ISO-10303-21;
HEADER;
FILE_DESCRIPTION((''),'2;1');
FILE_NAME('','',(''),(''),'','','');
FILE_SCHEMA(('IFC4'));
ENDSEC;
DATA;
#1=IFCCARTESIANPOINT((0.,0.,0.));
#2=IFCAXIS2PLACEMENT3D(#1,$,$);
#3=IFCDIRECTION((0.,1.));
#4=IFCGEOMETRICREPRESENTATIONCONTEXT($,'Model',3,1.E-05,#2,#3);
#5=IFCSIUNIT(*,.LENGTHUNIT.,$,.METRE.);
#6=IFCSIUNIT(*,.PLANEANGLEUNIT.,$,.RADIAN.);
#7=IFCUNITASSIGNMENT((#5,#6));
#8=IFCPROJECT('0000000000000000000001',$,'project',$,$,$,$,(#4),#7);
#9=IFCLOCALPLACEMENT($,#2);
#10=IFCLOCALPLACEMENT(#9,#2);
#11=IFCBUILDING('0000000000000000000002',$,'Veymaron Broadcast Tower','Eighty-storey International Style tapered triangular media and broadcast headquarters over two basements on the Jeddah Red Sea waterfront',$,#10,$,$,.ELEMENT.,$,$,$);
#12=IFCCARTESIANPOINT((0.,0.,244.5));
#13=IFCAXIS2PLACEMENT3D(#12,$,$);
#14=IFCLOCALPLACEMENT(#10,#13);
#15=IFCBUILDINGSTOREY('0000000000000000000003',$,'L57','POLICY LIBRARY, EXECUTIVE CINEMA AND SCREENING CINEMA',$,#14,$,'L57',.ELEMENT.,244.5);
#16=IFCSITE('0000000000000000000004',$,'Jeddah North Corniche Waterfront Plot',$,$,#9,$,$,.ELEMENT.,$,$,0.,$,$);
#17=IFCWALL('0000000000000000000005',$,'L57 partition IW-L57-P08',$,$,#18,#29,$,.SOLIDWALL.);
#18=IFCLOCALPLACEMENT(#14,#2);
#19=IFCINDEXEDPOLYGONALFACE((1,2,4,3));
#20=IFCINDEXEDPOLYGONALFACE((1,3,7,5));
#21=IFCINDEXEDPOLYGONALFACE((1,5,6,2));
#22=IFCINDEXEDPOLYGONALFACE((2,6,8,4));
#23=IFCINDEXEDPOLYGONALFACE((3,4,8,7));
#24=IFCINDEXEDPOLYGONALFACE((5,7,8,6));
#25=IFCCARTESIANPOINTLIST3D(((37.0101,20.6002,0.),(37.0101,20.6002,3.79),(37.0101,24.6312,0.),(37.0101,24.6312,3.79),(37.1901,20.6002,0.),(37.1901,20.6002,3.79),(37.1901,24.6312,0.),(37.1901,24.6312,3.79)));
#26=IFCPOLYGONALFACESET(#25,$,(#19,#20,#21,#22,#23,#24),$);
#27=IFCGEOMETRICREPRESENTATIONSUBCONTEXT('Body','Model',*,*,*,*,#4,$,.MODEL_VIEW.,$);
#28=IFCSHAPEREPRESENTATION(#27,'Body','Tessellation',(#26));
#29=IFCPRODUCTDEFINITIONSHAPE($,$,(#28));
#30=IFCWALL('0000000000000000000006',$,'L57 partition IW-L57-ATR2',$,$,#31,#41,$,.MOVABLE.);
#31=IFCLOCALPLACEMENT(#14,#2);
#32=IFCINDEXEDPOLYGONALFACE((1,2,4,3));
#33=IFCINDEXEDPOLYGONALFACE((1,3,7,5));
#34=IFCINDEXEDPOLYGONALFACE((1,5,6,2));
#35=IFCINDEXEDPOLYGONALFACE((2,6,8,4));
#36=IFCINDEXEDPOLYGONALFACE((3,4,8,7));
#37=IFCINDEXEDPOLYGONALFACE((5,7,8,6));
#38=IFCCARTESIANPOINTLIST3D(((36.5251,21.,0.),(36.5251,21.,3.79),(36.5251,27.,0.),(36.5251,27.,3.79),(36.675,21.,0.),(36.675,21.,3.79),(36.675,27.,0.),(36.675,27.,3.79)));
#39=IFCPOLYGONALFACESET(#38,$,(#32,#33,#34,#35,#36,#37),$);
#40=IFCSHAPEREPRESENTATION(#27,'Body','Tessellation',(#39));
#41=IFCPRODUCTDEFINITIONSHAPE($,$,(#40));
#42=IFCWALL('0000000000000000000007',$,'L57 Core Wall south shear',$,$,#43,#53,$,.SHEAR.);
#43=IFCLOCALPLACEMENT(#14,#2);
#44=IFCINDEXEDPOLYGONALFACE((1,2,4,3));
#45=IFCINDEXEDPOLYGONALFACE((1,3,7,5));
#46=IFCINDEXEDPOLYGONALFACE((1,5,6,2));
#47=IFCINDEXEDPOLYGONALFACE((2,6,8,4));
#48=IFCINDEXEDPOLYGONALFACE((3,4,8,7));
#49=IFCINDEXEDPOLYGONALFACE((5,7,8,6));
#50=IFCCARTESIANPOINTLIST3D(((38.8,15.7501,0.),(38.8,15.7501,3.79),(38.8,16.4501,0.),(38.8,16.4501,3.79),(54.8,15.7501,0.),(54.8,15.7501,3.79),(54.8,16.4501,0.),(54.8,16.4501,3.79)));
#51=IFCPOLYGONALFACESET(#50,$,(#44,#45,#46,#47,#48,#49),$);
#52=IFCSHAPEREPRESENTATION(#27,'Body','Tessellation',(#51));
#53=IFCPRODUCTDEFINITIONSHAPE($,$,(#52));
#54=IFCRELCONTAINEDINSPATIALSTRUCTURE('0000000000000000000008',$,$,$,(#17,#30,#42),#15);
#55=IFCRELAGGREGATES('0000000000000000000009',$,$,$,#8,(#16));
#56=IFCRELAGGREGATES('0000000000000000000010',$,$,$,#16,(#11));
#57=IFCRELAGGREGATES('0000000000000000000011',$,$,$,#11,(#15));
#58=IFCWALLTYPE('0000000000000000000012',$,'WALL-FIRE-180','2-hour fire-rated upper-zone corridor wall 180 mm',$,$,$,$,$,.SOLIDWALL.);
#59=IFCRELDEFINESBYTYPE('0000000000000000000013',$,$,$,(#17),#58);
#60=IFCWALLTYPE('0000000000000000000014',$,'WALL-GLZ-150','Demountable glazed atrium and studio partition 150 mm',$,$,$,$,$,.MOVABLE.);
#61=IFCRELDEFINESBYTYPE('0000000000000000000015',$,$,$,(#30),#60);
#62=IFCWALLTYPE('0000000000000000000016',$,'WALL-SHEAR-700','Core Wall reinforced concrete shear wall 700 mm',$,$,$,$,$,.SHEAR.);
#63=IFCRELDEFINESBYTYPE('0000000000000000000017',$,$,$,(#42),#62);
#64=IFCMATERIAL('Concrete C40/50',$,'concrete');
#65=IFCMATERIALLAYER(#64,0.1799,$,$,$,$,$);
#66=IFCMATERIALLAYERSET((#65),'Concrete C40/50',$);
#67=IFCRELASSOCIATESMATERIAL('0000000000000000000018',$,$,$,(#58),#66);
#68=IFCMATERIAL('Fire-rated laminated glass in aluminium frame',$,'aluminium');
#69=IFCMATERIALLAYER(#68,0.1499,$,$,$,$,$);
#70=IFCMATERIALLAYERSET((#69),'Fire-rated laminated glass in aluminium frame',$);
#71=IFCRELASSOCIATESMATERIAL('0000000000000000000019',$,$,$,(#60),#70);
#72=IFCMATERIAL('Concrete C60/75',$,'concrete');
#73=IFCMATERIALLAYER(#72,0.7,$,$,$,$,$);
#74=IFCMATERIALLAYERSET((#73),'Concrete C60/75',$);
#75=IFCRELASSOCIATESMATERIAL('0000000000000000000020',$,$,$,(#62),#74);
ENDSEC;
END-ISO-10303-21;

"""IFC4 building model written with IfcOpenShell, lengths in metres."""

from ifc_helpers import new_model, si_unit, direction, frame, frame_2d, origin, place, context, subcontext, project, spatial, rectangle, extrude, material, layer, layer_set, type_object, element, save


model = new_model("IFC4")

# Units and contexts
model_context = context("Model", 3, precision=1e-05, world=origin(), true_north=direction((0.0, 1.0)))
body_context = subcontext(model_context, "Body", "Model", "MODEL_VIEW")
ifc_project = project(units=[si_unit("LENGTHUNIT", "METRE"), si_unit("PLANEANGLEUNIT", "RADIAN")], contexts=[model_context])

# Site, building, storey
site_placement = place(None, origin())
site = spatial("IfcSite", under=ifc_project, at=site_placement, Name="Jeddah North Corniche Waterfront Plot", CompositionType="ELEMENT", RefElevation=0.0)
building_placement = place(site_placement, origin())
building = spatial("IfcBuilding", under=site, at=building_placement, Name="Veymaron Broadcast Tower", Description="Eighty-storey International Style tapered triangular media and broadcast headquarters over two basements on the Jeddah Red Sea waterfront", CompositionType="ELEMENT")
storey_placement = place(building_placement, frame((0.0, 0.0, 244.5)))
storey = spatial("IfcBuildingStorey", under=building, at=storey_placement, Name="L57", Description="POLICY LIBRARY, EXECUTIVE CINEMA AND SCREENING CINEMA", LongName="L57", CompositionType="ELEMENT", Elevation=244.5)

# Walls
ifc_material_1 = material(Name="Concrete C40/50", Category="concrete")
ifc_layer_1 = layer(ifc_material_1, 0.1799)
ifc_layer_set_1 = layer_set([ifc_layer_1], Name="Concrete C40/50")
wall_type_1 = type_object("IfcWallType", Name="WALL-FIRE-180", Description="2-hour fire-rated upper-zone corridor wall 180 mm", PredefinedType="SOLIDWALL", material=ifc_layer_set_1)
wall_1_placement = place(storey_placement, frame((37.1001, 20.6001, 0.0), z_axis=(0.0, 0.0, 1.0), x_axis=(0.0, 1.0, 0.0)))
element("IfcWall", 1, at=wall_1_placement, inside=storey, type_object=wall_type_1, Name="L57 partition IW-L57-P08", PredefinedType="SOLIDWALL", context=body_context, shape_type="SweptSolid", body=[
    extrude(rectangle(XDim=4.031, YDim=0.1799, at=frame_2d((2.0156, 0.0))), origin(), (0.0, 0.0, 1.0), 3.79),
])
ifc_material_2 = material(Name="Fire-rated laminated glass in aluminium frame", Category="aluminium")
ifc_layer_2 = layer(ifc_material_2, 0.1499)
ifc_layer_set_2 = layer_set([ifc_layer_2], Name="Fire-rated laminated glass in aluminium frame")
wall_type_2 = type_object("IfcWallType", Name="WALL-GLZ-150", Description="Demountable glazed atrium and studio partition 150 mm", PredefinedType="MOVABLE", material=ifc_layer_set_2)
wall_2_placement = place(storey_placement, frame((36.6001, 21.0, 0.0), z_axis=(0.0, 0.0, 1.0), x_axis=(0.0, 1.0, 0.0)))
element("IfcWall", 2, at=wall_2_placement, inside=storey, type_object=wall_type_2, Name="L57 partition IW-L57-ATR2", PredefinedType="MOVABLE", context=body_context, shape_type="SweptSolid", body=[
    extrude(rectangle(XDim=6.0, YDim=0.1499, at=frame_2d((3.0, 0.0))), origin(), (0.0, 0.0, 1.0), 3.79),
])
ifc_material_3 = material(Name="Concrete C60/75", Category="concrete")
ifc_layer_3 = layer(ifc_material_3, 0.7)
ifc_layer_set_3 = layer_set([ifc_layer_3], Name="Concrete C60/75")
wall_type_3 = type_object("IfcWallType", Name="WALL-SHEAR-700", Description="Core Wall reinforced concrete shear wall 700 mm", PredefinedType="SHEAR", material=ifc_layer_set_3)
wall_3_placement = place(storey_placement, frame((38.8, 16.1001, 0.0), z_axis=(0.0, 0.0, 1.0), x_axis=(1.0, 0.0, 0.0)))
element("IfcWall", 3, at=wall_3_placement, inside=storey, type_object=wall_type_3, Name="L57 Core Wall south shear", PredefinedType="SHEAR", context=body_context, shape_type="SweptSolid", body=[
    extrude(rectangle(XDim=16.0, YDim=0.7, at=frame_2d((8.0, 0.0))), origin(), (0.0, 0.0, 1.0), 3.79),
])

save(model, "model.ifc")
